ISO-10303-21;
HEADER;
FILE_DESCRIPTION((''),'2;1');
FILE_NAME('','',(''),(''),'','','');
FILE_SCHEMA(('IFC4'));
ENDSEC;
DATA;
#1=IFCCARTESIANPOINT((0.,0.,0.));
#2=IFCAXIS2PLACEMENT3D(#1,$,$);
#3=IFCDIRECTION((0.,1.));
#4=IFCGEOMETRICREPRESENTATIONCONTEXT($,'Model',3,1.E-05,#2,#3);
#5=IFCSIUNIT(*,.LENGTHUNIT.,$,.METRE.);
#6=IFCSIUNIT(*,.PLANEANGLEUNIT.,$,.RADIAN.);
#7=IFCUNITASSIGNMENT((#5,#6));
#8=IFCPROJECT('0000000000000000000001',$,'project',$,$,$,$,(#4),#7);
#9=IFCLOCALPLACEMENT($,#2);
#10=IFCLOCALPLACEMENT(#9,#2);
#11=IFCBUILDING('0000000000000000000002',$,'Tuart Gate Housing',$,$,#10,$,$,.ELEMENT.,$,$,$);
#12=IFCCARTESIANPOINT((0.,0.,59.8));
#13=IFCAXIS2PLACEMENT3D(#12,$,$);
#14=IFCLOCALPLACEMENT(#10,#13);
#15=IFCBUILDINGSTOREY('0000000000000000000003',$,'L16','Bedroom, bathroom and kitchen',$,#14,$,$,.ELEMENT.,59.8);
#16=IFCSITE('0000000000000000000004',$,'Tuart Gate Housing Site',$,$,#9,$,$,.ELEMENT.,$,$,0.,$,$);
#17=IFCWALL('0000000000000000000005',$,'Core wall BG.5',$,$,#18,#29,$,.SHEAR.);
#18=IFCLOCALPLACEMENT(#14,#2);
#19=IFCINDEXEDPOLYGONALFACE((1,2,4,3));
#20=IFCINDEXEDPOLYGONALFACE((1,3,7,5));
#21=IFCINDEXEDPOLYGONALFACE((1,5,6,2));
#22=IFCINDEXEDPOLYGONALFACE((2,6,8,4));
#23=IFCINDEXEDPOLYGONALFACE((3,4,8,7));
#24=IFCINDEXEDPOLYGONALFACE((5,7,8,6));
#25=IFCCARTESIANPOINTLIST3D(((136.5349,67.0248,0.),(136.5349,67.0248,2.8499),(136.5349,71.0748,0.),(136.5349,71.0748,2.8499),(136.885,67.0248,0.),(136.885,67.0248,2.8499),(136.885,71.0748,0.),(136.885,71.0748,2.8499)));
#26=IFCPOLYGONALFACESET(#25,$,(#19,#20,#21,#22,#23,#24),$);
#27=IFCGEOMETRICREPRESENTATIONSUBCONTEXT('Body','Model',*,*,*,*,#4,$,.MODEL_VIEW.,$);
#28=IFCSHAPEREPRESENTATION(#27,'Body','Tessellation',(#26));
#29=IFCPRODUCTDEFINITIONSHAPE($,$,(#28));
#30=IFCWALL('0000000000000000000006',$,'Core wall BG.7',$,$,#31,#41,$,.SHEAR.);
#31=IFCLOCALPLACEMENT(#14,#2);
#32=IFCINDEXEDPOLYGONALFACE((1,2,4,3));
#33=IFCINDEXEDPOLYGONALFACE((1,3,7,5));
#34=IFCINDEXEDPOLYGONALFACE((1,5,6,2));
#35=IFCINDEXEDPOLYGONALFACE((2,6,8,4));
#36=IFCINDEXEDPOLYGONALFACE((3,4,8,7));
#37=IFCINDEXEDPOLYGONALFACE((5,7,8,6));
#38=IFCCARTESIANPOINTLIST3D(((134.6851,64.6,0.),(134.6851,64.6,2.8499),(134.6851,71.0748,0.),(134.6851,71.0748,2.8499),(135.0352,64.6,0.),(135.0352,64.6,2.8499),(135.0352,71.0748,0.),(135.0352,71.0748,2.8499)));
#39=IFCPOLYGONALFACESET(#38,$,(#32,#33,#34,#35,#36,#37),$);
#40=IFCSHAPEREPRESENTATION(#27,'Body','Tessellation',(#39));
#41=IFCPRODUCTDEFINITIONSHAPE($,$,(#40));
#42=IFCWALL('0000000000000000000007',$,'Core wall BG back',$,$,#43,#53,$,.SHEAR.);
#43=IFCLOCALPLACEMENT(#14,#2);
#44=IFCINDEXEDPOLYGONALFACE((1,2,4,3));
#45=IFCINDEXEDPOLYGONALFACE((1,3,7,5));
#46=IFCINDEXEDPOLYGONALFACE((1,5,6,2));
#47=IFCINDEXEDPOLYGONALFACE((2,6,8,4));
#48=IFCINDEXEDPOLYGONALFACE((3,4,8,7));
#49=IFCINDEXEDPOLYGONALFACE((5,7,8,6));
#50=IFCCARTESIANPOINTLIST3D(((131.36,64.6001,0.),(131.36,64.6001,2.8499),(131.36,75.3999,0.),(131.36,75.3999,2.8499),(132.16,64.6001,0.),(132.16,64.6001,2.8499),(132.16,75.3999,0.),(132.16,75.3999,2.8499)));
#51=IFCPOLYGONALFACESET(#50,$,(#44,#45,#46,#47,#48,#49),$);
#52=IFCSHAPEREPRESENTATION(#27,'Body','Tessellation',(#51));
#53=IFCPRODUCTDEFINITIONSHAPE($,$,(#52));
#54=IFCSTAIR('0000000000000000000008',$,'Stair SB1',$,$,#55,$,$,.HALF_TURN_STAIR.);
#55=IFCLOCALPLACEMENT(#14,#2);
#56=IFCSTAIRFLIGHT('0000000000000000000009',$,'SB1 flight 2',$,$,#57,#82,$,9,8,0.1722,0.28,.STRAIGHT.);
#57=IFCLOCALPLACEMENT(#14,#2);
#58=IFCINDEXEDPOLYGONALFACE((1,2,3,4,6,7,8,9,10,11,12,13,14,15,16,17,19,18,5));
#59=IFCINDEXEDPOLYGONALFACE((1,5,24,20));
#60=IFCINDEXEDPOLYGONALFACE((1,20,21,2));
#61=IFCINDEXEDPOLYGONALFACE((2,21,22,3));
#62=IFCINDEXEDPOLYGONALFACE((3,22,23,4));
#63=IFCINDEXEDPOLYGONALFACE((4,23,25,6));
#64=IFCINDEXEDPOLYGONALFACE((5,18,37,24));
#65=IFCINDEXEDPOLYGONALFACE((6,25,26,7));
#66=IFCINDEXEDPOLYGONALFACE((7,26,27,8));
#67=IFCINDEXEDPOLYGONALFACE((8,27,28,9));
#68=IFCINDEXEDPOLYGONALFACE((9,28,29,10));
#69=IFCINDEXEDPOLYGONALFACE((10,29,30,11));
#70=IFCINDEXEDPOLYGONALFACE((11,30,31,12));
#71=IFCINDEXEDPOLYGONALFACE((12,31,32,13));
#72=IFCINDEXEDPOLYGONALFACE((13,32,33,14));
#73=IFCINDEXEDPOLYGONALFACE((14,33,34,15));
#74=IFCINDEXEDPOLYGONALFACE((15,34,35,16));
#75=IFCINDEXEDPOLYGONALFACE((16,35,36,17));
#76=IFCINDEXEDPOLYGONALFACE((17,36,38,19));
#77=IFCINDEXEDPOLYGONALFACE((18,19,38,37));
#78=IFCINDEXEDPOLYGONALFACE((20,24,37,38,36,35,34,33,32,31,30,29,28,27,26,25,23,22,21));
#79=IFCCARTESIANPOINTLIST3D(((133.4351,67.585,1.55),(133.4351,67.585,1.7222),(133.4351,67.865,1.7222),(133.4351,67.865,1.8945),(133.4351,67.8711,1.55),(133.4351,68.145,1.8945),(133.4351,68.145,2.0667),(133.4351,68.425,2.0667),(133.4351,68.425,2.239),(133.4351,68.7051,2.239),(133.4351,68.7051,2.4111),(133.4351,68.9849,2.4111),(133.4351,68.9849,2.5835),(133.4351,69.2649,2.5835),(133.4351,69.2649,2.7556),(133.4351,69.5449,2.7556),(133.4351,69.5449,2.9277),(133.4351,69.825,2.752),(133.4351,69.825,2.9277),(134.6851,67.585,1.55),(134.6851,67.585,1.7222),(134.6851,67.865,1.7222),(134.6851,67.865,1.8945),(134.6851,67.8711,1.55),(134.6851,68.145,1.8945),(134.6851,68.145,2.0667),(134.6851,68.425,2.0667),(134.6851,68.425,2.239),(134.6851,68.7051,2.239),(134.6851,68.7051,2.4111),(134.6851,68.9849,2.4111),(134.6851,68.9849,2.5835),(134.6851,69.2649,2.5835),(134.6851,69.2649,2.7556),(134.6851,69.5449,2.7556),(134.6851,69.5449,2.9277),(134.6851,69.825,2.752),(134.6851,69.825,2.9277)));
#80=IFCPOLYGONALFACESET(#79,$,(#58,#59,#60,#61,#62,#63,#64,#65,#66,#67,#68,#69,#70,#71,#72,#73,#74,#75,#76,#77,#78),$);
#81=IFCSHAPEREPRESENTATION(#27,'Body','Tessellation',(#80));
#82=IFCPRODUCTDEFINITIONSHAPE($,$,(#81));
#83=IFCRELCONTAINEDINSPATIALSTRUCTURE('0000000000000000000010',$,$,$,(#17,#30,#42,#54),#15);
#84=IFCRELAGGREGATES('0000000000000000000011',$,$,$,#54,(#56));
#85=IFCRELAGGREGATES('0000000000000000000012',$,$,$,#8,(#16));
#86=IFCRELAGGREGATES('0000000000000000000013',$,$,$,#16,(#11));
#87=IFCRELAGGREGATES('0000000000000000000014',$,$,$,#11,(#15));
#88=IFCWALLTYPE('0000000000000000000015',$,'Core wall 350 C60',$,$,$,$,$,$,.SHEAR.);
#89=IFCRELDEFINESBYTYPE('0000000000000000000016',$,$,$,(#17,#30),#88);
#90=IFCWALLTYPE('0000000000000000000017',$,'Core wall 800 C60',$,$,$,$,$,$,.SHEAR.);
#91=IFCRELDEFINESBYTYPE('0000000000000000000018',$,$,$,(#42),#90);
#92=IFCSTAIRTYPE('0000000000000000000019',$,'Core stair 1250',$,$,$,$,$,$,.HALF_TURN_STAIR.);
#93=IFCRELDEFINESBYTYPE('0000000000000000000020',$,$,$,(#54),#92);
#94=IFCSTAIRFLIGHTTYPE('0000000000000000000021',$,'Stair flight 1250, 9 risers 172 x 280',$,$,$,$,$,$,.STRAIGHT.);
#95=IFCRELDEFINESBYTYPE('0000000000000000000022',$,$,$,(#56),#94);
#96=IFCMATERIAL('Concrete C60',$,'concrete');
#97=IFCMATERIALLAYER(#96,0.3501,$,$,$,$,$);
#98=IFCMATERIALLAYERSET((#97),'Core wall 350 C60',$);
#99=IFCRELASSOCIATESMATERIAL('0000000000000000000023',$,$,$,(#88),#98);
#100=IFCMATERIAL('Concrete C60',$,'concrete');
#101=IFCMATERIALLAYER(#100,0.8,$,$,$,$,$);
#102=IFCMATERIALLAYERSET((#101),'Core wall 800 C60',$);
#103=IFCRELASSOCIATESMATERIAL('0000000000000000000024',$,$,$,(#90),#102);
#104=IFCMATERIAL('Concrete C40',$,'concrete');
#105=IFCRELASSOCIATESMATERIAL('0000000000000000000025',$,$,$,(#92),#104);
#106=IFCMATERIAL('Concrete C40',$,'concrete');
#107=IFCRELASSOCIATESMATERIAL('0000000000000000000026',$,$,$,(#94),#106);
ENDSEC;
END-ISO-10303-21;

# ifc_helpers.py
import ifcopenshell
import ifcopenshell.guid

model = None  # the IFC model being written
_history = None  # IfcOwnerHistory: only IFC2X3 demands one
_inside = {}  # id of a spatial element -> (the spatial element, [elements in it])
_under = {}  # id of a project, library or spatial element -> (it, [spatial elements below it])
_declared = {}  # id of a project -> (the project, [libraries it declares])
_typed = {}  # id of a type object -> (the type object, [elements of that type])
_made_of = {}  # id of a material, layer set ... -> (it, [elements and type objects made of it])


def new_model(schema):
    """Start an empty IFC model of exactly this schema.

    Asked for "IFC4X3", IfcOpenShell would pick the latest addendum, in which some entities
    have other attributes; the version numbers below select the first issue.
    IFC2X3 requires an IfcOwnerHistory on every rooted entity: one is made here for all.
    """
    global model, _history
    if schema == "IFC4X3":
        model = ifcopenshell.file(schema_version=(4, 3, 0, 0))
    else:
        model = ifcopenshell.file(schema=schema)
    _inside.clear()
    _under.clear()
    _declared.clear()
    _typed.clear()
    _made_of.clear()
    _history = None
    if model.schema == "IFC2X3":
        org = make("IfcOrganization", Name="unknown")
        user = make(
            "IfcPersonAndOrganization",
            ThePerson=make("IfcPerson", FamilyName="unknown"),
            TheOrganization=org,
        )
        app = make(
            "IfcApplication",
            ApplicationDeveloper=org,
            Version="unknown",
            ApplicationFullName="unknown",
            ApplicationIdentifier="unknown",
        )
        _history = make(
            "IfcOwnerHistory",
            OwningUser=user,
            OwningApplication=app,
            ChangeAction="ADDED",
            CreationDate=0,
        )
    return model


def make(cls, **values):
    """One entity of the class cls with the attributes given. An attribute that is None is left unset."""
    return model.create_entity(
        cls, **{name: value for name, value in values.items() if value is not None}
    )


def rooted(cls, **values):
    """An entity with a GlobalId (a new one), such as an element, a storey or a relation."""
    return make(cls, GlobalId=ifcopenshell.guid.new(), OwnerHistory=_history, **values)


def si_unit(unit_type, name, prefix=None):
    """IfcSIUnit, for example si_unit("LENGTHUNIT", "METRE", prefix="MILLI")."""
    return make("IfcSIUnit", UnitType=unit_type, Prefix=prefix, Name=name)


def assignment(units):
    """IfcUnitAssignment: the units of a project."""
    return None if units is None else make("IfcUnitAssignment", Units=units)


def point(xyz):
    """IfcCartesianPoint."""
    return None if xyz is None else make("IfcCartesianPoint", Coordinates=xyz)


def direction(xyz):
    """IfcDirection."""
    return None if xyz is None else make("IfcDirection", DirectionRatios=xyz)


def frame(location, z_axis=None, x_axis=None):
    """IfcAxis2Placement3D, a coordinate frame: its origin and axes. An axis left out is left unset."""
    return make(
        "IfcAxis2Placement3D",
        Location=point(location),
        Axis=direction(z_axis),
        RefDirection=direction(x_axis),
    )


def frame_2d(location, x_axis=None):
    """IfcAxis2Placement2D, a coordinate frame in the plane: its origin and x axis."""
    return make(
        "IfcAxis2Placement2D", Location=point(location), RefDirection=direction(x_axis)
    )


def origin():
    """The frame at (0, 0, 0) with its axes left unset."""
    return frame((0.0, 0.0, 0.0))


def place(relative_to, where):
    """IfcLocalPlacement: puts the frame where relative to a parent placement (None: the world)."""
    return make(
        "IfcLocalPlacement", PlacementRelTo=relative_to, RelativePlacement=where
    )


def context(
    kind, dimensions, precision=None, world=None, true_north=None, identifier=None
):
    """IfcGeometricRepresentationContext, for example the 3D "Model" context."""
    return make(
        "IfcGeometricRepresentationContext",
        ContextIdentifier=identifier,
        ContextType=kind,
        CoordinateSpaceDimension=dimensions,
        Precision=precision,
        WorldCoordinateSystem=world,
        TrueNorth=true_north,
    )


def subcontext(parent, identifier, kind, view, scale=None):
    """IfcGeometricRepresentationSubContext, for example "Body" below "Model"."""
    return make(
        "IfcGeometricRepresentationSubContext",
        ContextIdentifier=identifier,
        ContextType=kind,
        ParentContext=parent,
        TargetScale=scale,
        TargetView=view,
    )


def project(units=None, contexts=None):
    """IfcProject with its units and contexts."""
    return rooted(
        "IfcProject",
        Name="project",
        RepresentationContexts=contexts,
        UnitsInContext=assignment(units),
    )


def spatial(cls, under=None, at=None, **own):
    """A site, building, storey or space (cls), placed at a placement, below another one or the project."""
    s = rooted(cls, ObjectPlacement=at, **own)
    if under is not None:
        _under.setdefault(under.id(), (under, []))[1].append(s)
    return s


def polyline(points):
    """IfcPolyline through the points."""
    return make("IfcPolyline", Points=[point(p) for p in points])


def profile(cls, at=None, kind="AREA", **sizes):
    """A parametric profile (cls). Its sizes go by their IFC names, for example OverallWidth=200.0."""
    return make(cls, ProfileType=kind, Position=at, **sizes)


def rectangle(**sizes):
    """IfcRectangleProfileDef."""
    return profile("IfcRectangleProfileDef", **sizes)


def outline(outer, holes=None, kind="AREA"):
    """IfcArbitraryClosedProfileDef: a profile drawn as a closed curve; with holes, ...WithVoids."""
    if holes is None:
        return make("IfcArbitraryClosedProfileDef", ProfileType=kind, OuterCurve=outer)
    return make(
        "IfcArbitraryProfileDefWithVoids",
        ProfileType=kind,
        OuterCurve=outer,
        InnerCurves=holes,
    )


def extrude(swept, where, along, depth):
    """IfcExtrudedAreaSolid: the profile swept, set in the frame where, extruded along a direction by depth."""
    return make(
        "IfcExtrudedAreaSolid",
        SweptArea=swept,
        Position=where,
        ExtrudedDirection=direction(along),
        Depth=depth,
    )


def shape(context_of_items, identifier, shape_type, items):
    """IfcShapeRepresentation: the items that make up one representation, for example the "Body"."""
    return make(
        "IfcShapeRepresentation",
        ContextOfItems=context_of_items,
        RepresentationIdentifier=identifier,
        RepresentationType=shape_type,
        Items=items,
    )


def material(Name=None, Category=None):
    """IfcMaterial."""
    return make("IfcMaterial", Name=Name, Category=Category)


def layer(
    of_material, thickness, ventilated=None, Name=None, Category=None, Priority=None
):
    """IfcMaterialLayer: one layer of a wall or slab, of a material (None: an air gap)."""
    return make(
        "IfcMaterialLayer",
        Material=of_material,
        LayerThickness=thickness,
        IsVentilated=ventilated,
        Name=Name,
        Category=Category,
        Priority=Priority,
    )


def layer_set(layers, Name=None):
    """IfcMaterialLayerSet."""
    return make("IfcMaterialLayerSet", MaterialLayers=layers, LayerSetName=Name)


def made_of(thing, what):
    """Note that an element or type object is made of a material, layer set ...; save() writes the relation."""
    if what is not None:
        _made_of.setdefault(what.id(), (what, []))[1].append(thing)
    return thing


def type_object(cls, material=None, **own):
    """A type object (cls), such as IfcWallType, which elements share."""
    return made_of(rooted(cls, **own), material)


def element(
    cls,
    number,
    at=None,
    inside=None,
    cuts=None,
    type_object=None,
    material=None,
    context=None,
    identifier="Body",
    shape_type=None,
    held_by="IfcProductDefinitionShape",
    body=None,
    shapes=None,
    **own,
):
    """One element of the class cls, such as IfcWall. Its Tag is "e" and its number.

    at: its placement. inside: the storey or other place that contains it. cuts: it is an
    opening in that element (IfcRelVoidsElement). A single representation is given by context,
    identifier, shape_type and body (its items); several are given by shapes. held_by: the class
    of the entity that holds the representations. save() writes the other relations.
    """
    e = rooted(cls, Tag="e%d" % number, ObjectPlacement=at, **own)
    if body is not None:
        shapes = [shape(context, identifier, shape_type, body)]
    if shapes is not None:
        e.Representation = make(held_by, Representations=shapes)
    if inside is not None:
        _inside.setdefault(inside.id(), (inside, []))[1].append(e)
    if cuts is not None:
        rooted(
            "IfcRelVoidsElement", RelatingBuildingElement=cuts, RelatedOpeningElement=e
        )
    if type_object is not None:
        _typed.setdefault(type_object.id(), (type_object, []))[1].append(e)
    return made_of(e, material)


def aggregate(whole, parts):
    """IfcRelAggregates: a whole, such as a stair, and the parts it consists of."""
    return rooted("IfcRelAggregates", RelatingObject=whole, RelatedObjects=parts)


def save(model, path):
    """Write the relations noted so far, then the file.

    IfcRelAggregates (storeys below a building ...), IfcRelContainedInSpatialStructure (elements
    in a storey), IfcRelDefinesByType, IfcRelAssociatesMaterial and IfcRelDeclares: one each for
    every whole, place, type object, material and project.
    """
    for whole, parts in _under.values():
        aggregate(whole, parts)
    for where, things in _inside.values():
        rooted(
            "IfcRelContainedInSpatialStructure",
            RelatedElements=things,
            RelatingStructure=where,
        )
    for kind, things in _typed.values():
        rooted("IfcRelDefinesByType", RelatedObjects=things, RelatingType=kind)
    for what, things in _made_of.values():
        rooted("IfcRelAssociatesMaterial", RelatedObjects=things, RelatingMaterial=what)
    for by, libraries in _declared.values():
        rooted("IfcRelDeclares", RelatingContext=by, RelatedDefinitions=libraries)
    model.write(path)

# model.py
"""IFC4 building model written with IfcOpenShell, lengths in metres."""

from ifc_helpers import new_model, si_unit, direction, frame, frame_2d, origin, place, context, subcontext, project, spatial, polyline, rectangle, outline, extrude, material, layer, layer_set, type_object, element, aggregate, save


model = new_model("IFC4")

# Units and contexts
model_context = context("Model", 3, precision=1e-05, world=origin(), true_north=direction((0.0, 1.0)))
body_context = subcontext(model_context, "Body", "Model", "MODEL_VIEW")
ifc_project = project(units=[si_unit("LENGTHUNIT", "METRE"), si_unit("PLANEANGLEUNIT", "RADIAN")], contexts=[model_context])

# Site, building, storey
site_placement = place(None, origin())
site = spatial("IfcSite", under=ifc_project, at=site_placement, Name="Tuart Gate Housing Site", CompositionType="ELEMENT", RefElevation=0.0)
building_placement = place(site_placement, origin())
building = spatial("IfcBuilding", under=site, at=building_placement, Name="Tuart Gate Housing", CompositionType="ELEMENT")
storey_placement = place(building_placement, frame((0.0, 0.0, 59.8)))
storey = spatial("IfcBuildingStorey", under=building, at=storey_placement, Name="L16", Description="Bedroom, bathroom and kitchen", CompositionType="ELEMENT", Elevation=59.8)

# Walls
ifc_material_1 = material(Name="Concrete C60", Category="concrete")
ifc_layer_1 = layer(ifc_material_1, 0.3501)
ifc_layer_set_1 = layer_set([ifc_layer_1], Name="Core wall 350 C60")
wall_type_1 = type_object("IfcWallType", Name="Core wall 350 C60", PredefinedType="SHEAR", material=ifc_layer_set_1)
wall_1_placement = place(storey_placement, frame((136.71, 67.0249, 0.0), z_axis=(0.0, 0.0, 1.0), x_axis=(0.0, 1.0, 0.0)))
element("IfcWall", 1, at=wall_1_placement, inside=storey, type_object=wall_type_1, Name="Core wall BG.5", PredefinedType="SHEAR", context=body_context, shape_type="SweptSolid", body=[
    extrude(rectangle(XDim=4.05, YDim=0.3501, at=frame_2d((2.0249, 0.0))), origin(), (0.0, 0.0, 1.0), 2.8499),
])
wall_2_placement = place(storey_placement, frame((134.8601, 64.6001, 0.0), z_axis=(0.0, 0.0, 1.0), x_axis=(0.0, 1.0, 0.0)))
element("IfcWall", 2, at=wall_2_placement, inside=storey, type_object=wall_type_1, Name="Core wall BG.7", PredefinedType="SHEAR", context=body_context, shape_type="SweptSolid", body=[
    extrude(rectangle(XDim=6.4749, YDim=0.3501, at=frame_2d((3.2373, 0.0))), origin(), (0.0, 0.0, 1.0), 2.8499),
])
ifc_material_2 = material(Name="Concrete C60", Category="concrete")
ifc_layer_2 = layer(ifc_material_2, 0.8)
ifc_layer_set_2 = layer_set([ifc_layer_2], Name="Core wall 800 C60")
wall_type_2 = type_object("IfcWallType", Name="Core wall 800 C60", PredefinedType="SHEAR", material=ifc_layer_set_2)
wall_3_placement = place(storey_placement, frame((131.76, 64.6001, 0.0), z_axis=(0.0, 0.0, 1.0), x_axis=(0.0, 1.0, 0.0)))
element("IfcWall", 3, at=wall_3_placement, inside=storey, type_object=wall_type_2, Name="Core wall BG back", PredefinedType="SHEAR", context=body_context, shape_type="SweptSolid", body=[
    extrude(rectangle(XDim=10.7998, YDim=0.8, at=frame_2d((5.3999, 0.0))), origin(), (0.0, 0.0, 1.0), 2.8499),
])

# Stair, stair flight
ifc_material_3 = material(Name="Concrete C40", Category="concrete")
stair_type = type_object("IfcStairType", Name="Core stair 1250", PredefinedType="HALF_TURN_STAIR", material=ifc_material_3)
stair_placement = place(storey_placement, origin())
stair = element("IfcStair", 4, at=stair_placement, inside=storey, type_object=stair_type, Name="Stair SB1", PredefinedType="HALF_TURN_STAIR")
ifc_material_4 = material(Name="Concrete C40", Category="concrete")
stair_flight_type = type_object("IfcStairFlightType", Name="Stair flight 1250, 9 risers 172 x 280", PredefinedType="STRAIGHT", material=ifc_material_4)
stair_flight_placement = place(storey_placement, frame((134.0601, 67.585, 1.55), z_axis=(0.0, 0.0, 1.0), x_axis=(0.0, 1.0, 0.0)))
stair_flight = element("IfcStairFlight", 5, at=stair_flight_placement, type_object=stair_flight_type, Name="SB1 flight 2", NumberOfRisers=9, NumberOfTreads=8, PredefinedType="STRAIGHT", RiserHeight=0.1722, TreadLength=0.28, context=body_context, shape_type="SweptSolid", body=[
    extrude(outline(polyline([(0.0, 0.0), (0.0, 0.1721), (0.28, 0.1721), (0.28, 0.3445), (0.5601, 0.3445), (0.5601, 0.5166), (0.8401, 0.5166), (0.8401, 0.689), (1.1201, 0.689), (1.1201, 0.8611), (1.3999, 0.8611), (1.3999, 1.0334), (1.6799, 1.0334), (1.6799, 1.2056), (1.96, 1.2056), (1.96, 1.3777), (2.24, 1.3777), (2.24, 1.55), (2.24, 1.2019), (0.2861, 0.0), (0.0, 0.0)])), frame((0.0, 0.625, 0.0), z_axis=(0.0, -1.0, 0.0), x_axis=(1.0, 0.0, 0.0)), (0.0, 0.0, 1.0), 1.25),
])
aggregate(stair, [stair_flight])

save(model, "model.ifc")
